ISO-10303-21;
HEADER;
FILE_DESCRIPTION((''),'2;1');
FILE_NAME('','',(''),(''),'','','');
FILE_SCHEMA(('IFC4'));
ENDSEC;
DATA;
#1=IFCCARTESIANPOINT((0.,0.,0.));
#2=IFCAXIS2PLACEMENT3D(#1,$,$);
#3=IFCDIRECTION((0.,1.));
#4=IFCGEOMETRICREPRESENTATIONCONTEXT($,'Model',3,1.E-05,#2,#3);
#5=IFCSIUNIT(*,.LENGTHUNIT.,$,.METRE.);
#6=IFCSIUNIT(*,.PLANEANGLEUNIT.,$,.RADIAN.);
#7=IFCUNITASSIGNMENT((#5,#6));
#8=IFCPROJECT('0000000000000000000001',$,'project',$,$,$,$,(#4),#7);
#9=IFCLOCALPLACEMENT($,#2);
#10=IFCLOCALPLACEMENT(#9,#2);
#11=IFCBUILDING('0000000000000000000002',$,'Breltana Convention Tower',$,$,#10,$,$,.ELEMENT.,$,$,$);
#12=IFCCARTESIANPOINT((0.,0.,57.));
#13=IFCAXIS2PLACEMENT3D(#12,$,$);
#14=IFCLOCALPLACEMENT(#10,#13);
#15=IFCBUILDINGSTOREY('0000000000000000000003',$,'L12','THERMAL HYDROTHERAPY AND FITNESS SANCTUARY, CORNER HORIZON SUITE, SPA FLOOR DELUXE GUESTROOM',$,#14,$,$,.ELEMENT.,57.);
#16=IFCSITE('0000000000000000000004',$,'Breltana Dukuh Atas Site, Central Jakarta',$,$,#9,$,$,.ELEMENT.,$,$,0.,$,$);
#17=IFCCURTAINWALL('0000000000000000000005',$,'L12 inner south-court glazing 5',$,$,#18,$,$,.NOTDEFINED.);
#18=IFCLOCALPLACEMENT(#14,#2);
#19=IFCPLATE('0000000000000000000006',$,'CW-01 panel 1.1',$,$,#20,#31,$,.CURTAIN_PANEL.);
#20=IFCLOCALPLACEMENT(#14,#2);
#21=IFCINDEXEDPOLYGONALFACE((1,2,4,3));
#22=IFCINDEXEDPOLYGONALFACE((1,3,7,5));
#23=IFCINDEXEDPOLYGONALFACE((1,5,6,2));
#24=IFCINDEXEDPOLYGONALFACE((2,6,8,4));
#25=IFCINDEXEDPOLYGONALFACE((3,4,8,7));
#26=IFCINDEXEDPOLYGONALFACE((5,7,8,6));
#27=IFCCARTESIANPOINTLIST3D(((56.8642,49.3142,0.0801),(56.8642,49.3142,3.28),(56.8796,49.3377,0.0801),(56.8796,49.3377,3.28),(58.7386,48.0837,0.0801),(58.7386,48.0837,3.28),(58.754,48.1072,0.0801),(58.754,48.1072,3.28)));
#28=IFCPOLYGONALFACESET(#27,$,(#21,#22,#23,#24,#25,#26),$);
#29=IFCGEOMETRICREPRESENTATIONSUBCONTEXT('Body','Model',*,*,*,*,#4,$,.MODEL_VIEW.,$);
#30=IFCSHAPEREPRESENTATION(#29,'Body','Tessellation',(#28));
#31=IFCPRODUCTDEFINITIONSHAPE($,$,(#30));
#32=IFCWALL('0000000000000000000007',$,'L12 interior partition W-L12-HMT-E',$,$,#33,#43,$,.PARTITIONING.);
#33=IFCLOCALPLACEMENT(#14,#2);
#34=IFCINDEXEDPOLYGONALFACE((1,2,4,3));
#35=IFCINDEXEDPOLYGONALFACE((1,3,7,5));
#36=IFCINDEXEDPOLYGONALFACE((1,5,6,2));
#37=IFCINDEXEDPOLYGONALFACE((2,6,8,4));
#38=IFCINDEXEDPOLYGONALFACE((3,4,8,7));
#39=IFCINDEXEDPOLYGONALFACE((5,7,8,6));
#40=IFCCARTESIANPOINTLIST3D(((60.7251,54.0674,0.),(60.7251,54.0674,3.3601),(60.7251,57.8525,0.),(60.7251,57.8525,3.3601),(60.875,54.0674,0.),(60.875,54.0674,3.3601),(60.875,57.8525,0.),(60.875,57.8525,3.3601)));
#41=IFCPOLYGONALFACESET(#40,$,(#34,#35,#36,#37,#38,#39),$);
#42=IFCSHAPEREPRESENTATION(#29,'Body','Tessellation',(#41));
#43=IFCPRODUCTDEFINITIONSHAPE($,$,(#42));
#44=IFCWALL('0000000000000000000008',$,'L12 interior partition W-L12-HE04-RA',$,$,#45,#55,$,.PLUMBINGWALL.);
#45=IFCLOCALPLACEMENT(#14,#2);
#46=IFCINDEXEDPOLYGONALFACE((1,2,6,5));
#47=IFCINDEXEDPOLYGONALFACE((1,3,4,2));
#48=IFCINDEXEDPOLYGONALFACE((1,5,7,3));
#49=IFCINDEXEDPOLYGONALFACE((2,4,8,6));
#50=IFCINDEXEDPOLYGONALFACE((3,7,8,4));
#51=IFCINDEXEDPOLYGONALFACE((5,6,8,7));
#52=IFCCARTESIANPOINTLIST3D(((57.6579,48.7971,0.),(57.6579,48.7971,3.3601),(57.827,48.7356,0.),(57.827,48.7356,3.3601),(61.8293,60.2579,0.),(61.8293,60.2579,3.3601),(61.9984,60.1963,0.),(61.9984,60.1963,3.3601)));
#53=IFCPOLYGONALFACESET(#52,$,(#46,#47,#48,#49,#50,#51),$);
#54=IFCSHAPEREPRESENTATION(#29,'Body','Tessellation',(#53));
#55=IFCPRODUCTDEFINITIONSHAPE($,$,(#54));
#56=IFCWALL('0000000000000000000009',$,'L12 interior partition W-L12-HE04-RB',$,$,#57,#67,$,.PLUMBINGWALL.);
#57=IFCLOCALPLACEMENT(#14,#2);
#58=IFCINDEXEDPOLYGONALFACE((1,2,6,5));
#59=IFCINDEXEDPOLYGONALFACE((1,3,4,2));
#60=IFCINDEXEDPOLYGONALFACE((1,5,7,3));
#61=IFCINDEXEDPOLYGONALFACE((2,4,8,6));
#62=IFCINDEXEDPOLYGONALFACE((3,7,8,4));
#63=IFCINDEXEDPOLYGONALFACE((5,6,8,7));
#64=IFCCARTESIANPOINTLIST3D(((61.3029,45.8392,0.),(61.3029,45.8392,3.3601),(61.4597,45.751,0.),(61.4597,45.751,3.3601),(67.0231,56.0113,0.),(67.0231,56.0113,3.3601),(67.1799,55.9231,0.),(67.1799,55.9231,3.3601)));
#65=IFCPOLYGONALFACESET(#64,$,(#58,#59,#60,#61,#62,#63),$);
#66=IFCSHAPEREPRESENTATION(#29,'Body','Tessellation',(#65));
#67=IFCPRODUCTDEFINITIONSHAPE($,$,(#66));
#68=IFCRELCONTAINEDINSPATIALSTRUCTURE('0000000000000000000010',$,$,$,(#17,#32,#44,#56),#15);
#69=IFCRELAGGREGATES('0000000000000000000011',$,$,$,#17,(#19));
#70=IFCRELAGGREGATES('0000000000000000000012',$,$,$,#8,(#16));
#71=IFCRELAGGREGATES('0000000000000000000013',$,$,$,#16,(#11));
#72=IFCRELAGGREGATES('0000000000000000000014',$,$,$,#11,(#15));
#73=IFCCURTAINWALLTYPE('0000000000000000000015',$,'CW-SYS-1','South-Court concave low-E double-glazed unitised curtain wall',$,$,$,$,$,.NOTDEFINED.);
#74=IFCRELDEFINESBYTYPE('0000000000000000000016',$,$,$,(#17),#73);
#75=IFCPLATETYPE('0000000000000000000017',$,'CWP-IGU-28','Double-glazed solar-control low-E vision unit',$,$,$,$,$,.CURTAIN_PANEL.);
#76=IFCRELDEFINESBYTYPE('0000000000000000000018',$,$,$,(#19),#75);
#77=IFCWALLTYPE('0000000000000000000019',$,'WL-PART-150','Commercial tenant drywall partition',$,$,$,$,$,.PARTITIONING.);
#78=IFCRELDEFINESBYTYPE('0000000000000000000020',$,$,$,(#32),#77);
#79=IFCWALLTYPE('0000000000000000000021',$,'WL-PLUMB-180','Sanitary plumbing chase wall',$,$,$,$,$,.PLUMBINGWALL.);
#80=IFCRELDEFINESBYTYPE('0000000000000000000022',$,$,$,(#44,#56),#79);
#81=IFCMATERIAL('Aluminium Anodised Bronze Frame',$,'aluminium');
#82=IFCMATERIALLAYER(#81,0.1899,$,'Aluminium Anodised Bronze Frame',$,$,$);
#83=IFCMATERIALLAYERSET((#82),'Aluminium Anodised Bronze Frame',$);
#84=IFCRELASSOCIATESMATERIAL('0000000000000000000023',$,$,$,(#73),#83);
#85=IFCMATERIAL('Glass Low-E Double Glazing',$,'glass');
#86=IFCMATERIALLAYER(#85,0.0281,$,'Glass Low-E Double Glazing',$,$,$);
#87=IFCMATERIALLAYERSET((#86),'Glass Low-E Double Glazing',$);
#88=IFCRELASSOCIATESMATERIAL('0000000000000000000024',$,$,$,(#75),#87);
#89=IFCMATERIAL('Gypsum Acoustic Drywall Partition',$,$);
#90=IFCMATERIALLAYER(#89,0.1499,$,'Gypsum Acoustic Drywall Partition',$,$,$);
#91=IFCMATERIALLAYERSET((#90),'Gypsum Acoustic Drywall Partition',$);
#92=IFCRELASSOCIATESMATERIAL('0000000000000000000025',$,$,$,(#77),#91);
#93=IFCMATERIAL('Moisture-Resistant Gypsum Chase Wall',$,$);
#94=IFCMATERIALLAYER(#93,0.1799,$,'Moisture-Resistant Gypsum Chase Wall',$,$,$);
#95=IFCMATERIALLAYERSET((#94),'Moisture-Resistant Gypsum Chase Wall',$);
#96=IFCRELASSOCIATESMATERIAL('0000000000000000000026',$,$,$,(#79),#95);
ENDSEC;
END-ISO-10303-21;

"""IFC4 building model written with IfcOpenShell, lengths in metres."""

from ifc_helpers import new_model, si_unit, direction, frame, frame_2d, origin, origin_2d, place, context, subcontext, project, spatial, rectangle, extrude, source, transform, mapped, material, layer, layer_set, type_object, element, aggregate, save


model = new_model("IFC4")

# Units and contexts
model_context = context("Model", 3, precision=1e-05, world=origin(), true_north=direction((0.0, 1.0)))
body_context = subcontext(model_context, "Body", "Model", "MODEL_VIEW")
ifc_project = project(units=[si_unit("LENGTHUNIT", "METRE"), si_unit("PLANEANGLEUNIT", "RADIAN")], contexts=[model_context])

# Site, building, storey
site_placement = place(None, origin())
site = spatial("IfcSite", under=ifc_project, at=site_placement, Name="Breltana Dukuh Atas Site, Central Jakarta", CompositionType="ELEMENT", RefElevation=0.0)
building_placement = place(site_placement, origin())
building = spatial("IfcBuilding", under=site, at=building_placement, Name="Breltana Convention Tower", CompositionType="ELEMENT")
storey_placement = place(building_placement, frame((0.0, 0.0, 57.0)))
storey = spatial("IfcBuildingStorey", under=building, at=storey_placement, Name="L12", Description="THERMAL HYDROTHERAPY AND FITNESS SANCTUARY, CORNER HORIZON SUITE, SPA FLOOR DELUXE GUESTROOM", CompositionType="ELEMENT", Elevation=57.0)

# Curtain wall
ifc_material_1 = material(Name="Aluminium Anodised Bronze Frame", Category="aluminium")
ifc_layer_1 = layer(ifc_material_1, 0.1899, Name="Aluminium Anodised Bronze Frame")
ifc_layer_set_1 = layer_set([ifc_layer_1], Name="Aluminium Anodised Bronze Frame")
curtain_wall_type = type_object("IfcCurtainWallType", Name="CW-SYS-1", Description="South-Court concave low-E double-glazed unitised curtain wall", PredefinedType="NOTDEFINED", material=ifc_layer_set_1)
curtain_wall_1_placement = place(storey_placement, origin())
curtain_wall_1 = element("IfcCurtainWall", 1, at=curtain_wall_1_placement, inside=storey, type_object=curtain_wall_type, Name="L12 inner south-court glazing 5", PredefinedType="NOTDEFINED")

# Plate
ifc_material_2 = material(Name="Glass Low-E Double Glazing", Category="glass")
ifc_layer_2 = layer(ifc_material_2, 0.0281, Name="Glass Low-E Double Glazing")
ifc_layer_set_2 = layer_set([ifc_layer_2], Name="Glass Low-E Double Glazing")
plate_type = type_object("IfcPlateType", Name="CWP-IGU-28", Description="Double-glazed solar-control low-E vision unit", PredefinedType="CURTAIN_PANEL", material=ifc_layer_set_2)
shared_shape_1 = source(origin(), body_context, "Body", "SweptSolid", [
    extrude(rectangle(XDim=2.2422, YDim=0.0281, at=origin_2d()), origin(), (0.0, 0.0, 1.0), 3.2),
])
plate_1_placement = place(storey_placement, frame((57.8091, 48.7107, 0.0801), z_axis=(0.0, 0.0, 1.0), x_axis=(-0.835968, 0.548778, 0.0)))
plate_1 = element("IfcPlate", 2, at=plate_1_placement, type_object=plate_type, Name="CW-01 panel 1.1", PredefinedType="CURTAIN_PANEL", context=body_context, shape_type="MappedRepresentation", body=[
    mapped(shared_shape_1, transform((0.0, 0.0, 0.0), scale=1.0)),
])
aggregate(curtain_wall_1, [plate_1])

# Walls
ifc_material_3 = material(Name="Gypsum Acoustic Drywall Partition")
ifc_layer_3 = layer(ifc_material_3, 0.1499, Name="Gypsum Acoustic Drywall Partition")
ifc_layer_set_3 = layer_set([ifc_layer_3], Name="Gypsum Acoustic Drywall Partition")
wall_type_1 = type_object("IfcWallType", Name="WL-PART-150", Description="Commercial tenant drywall partition", PredefinedType="PARTITIONING", material=ifc_layer_set_3)
shared_shape_2 = source(origin(), body_context, "Body", "SweptSolid", [
    extrude(rectangle(XDim=3.7852, YDim=0.1499, at=frame_2d((1.8926, 0.0))), origin(), (0.0, 0.0, 1.0), 3.3601),
])
wall_1_placement = place(storey_placement, frame((60.8, 54.0674, 0.0), z_axis=(0.0, 0.0, 1.0), x_axis=(0.0, 1.0, 0.0)))
element("IfcWall", 3, at=wall_1_placement, inside=storey, type_object=wall_type_1, Name="L12 interior partition W-L12-HMT-E", PredefinedType="PARTITIONING", context=body_context, shape_type="MappedRepresentation", body=[
    mapped(shared_shape_2, transform((0.0, 0.0, 0.0), scale=1.0)),
])
ifc_material_4 = material(Name="Moisture-Resistant Gypsum Chase Wall")
ifc_layer_4 = layer(ifc_material_4, 0.1799, Name="Moisture-Resistant Gypsum Chase Wall")
ifc_layer_set_4 = layer_set([ifc_layer_4], Name="Moisture-Resistant Gypsum Chase Wall")
wall_type_2 = type_object("IfcWallType", Name="WL-PLUMB-180", Description="Sanitary plumbing chase wall", PredefinedType="PLUMBINGWALL", material=ifc_layer_set_4)
shared_shape_3 = source(origin(), body_context, "Body", "SweptSolid", [
    extrude(rectangle(XDim=12.1963, YDim=0.1799, at=frame_2d((6.0981, 0.0))), origin(), (0.0, 0.0, 1.0), 3.3601),
])
wall_2_placement = place(storey_placement, frame((57.7424, 48.7664, 0.0), z_axis=(0.0, 0.0, 1.0), x_axis=(0.342023, 0.939692, 0.0)))
element("IfcWall", 4, at=wall_2_placement, inside=storey, type_object=wall_type_2, Name="L12 interior partition W-L12-HE04-RA", PredefinedType="PLUMBINGWALL", context=body_context, shape_type="MappedRepresentation", body=[
    mapped(shared_shape_3, transform((0.0, 0.0, 0.0), scale=1.0)),
])
shared_shape_4 = source(origin(), body_context, "Body", "SweptSolid", [
    extrude(rectangle(XDim=11.6702, YDim=0.1799, at=frame_2d((5.835, 0.0))), origin(), (0.0, 0.0, 1.0), 3.3601),
])
wall_3_placement = place(storey_placement, frame((61.3813, 45.7952, 0.0), z_axis=(0.0, 0.0, 1.0), x_axis=(0.490157, 0.871634, 0.0)))
element("IfcWall", 5, at=wall_3_placement, inside=storey, type_object=wall_type_2, Name="L12 interior partition W-L12-HE04-RB", PredefinedType="PLUMBINGWALL", context=body_context, shape_type="MappedRepresentation", body=[
    mapped(shared_shape_4, transform((0.0, 0.0, 0.0), scale=1.0)),
])

save(model, "model.ifc")
